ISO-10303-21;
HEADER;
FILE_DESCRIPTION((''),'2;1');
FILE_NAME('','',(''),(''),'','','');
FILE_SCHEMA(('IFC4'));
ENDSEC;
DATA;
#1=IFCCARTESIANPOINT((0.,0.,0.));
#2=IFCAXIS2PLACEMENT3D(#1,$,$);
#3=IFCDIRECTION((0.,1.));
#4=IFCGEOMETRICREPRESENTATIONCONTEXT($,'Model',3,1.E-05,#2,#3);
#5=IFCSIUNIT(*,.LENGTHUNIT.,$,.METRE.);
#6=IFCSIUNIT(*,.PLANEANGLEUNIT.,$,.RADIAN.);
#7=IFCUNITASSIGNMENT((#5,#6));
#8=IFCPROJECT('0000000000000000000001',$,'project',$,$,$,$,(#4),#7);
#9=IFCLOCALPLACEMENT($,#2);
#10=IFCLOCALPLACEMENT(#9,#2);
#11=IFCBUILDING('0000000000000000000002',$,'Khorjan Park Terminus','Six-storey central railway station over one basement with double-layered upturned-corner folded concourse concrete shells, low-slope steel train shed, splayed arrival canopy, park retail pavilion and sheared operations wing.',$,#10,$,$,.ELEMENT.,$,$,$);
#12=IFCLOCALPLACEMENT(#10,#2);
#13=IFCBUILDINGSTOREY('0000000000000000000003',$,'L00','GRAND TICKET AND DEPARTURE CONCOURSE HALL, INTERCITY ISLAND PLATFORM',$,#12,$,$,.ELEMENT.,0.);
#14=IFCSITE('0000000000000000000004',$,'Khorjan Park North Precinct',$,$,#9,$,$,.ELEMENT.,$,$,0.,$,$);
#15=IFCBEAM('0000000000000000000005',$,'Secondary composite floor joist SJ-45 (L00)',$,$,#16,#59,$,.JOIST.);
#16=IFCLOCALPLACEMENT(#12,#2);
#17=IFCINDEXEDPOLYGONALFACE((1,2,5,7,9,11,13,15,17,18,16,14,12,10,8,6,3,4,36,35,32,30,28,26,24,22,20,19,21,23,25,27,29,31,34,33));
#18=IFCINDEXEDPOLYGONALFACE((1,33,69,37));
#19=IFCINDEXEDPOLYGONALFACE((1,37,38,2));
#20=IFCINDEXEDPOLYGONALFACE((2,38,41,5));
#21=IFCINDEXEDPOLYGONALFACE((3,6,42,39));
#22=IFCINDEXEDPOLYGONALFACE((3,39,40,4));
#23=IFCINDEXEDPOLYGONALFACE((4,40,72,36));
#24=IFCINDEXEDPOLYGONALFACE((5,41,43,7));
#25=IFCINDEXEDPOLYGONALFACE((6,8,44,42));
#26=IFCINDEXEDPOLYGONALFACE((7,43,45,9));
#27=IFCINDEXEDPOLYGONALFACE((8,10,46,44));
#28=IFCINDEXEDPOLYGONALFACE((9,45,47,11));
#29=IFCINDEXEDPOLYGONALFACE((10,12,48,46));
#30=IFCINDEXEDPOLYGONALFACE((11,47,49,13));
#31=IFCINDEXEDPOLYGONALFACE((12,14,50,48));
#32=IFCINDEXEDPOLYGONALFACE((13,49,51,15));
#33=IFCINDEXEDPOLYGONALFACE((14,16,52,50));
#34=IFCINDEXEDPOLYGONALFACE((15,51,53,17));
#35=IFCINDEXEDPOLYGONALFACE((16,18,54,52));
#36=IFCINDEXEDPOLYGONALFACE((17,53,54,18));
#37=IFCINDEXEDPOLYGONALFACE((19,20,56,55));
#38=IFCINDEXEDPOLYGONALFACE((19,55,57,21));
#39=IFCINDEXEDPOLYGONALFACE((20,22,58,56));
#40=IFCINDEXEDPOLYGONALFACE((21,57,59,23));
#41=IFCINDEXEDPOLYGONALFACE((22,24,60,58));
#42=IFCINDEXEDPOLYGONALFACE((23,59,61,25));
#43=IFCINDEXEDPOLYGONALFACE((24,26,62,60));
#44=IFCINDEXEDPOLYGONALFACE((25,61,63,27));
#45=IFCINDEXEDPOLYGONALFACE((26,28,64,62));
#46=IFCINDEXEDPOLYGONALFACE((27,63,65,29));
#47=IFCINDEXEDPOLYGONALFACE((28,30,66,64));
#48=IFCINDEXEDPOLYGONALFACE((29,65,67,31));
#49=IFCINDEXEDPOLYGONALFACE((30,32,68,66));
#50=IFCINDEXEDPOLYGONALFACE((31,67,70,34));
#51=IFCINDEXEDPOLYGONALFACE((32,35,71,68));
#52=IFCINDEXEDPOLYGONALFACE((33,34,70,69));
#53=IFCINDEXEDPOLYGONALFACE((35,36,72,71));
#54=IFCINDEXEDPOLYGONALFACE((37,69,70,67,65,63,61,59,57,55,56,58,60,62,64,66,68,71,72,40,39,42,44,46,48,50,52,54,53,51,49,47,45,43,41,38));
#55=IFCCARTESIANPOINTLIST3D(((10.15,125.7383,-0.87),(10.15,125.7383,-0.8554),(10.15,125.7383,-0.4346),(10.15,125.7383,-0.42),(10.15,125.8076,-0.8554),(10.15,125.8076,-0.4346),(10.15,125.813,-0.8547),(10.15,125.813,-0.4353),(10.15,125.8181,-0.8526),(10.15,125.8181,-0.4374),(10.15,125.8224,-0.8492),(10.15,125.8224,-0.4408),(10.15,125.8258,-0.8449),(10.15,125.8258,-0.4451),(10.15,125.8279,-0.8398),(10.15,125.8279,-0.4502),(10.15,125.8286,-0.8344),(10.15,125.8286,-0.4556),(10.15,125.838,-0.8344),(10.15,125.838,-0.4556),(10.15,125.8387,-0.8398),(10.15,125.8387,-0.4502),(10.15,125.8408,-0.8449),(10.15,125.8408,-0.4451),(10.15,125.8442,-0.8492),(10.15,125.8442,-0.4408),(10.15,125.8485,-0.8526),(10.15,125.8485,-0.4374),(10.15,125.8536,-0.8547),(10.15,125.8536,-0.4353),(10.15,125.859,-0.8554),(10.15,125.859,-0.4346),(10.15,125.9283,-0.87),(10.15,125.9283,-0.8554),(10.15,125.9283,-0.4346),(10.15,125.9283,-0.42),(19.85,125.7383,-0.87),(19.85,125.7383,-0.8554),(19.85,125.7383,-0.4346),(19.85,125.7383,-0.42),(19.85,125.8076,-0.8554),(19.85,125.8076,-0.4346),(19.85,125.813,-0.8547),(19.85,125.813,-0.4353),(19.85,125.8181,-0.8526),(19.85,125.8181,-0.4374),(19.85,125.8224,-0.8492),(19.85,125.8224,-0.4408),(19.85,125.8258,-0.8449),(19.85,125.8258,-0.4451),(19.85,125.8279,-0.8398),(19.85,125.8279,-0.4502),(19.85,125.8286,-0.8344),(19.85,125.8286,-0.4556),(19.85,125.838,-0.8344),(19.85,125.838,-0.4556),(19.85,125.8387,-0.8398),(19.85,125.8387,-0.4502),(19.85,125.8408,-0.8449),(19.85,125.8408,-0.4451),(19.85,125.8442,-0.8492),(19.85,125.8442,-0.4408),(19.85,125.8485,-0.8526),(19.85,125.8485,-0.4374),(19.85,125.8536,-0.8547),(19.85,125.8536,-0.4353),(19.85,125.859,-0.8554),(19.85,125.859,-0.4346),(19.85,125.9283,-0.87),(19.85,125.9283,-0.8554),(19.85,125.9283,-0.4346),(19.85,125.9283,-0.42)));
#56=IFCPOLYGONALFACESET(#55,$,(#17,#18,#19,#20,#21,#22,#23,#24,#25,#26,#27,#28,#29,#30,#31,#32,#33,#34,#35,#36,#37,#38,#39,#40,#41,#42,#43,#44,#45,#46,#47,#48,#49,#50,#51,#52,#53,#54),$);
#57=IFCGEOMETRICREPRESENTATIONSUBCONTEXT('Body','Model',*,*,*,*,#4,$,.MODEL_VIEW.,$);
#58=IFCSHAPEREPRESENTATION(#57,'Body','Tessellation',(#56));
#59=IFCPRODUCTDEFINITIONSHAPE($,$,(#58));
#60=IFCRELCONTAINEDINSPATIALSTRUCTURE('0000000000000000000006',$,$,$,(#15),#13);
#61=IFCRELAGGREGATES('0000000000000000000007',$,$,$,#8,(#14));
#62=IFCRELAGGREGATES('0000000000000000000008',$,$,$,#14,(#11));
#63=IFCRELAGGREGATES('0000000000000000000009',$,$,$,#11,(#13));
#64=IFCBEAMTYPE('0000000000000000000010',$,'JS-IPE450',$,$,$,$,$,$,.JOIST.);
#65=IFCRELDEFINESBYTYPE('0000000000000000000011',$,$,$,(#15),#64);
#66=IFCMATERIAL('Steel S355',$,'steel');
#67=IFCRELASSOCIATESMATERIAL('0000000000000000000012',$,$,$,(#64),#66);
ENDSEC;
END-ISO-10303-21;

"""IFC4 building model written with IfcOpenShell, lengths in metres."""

from ifc_helpers import new_model, si_unit, direction, frame, origin, origin_2d, place, context, subcontext, project, spatial, i_section, extrude, material, material_profile, profile_set, type_object, element, save


model = new_model("IFC4")

# Units and contexts
model_context = context("Model", 3, precision=1e-05, world=origin(), true_north=direction((0.0, 1.0)))
body_context = subcontext(model_context, "Body", "Model", "MODEL_VIEW")
ifc_project = project(units=[si_unit("LENGTHUNIT", "METRE"), si_unit("PLANEANGLEUNIT", "RADIAN")], contexts=[model_context])

# Site, building, storey
site_placement = place(None, origin())
site = spatial("IfcSite", under=ifc_project, at=site_placement, Name="Khorjan Park North Precinct", CompositionType="ELEMENT", RefElevation=0.0)
building_placement = place(site_placement, origin())
building = spatial("IfcBuilding", under=site, at=building_placement, Name="Khorjan Park Terminus", Description="Six-storey central railway station over one basement with double-layered upturned-corner folded concourse concrete shells, low-slope steel train shed, splayed arrival canopy, park retail pavilion and sheared operations wing.", CompositionType="ELEMENT")
storey_placement = place(building_placement, origin())
storey = spatial("IfcBuildingStorey", under=building, at=storey_placement, Name="L00", Description="GRAND TICKET AND DEPARTURE CONCOURSE HALL, INTERCITY ISLAND PLATFORM", CompositionType="ELEMENT", Elevation=0.0)

# Beam
ifc_material = material(Name="Steel S355", Category="steel")
ifc_material_profile_1 = material_profile(ifc_material, i_section(OverallWidth=0.19, OverallDepth=0.45, WebThickness=0.0094, FlangeThickness=0.0146, FilletRadius=0.021, at=origin_2d()), Name="IPE 450")
ifc_profile_set_1 = profile_set([ifc_material_profile_1], Name="Steel S355")
beam_type_1 = type_object("IfcBeamType", Name="JS-IPE450", PredefinedType="JOIST", material=ifc_profile_set_1)
beam_1_placement = place(storey_placement, frame((10.15, 125.8333, -0.645), z_axis=(1.0, 0.0, 0.0), x_axis=(0.0, 1.0, 0.0)))
element("IfcBeam", 1, at=beam_1_placement, inside=storey, type_object=beam_type_1, Name="Secondary composite floor joist SJ-45 (L00)", PredefinedType="JOIST", context=body_context, shape_type="SweptSolid", body=[
    extrude(i_section(OverallWidth=0.19, OverallDepth=0.45, WebThickness=0.0094, FlangeThickness=0.0146, FilletRadius=0.021, at=origin_2d()), origin(), (0.0, 0.0, 1.0), 9.7),
])

save(model, "model.ifc")
